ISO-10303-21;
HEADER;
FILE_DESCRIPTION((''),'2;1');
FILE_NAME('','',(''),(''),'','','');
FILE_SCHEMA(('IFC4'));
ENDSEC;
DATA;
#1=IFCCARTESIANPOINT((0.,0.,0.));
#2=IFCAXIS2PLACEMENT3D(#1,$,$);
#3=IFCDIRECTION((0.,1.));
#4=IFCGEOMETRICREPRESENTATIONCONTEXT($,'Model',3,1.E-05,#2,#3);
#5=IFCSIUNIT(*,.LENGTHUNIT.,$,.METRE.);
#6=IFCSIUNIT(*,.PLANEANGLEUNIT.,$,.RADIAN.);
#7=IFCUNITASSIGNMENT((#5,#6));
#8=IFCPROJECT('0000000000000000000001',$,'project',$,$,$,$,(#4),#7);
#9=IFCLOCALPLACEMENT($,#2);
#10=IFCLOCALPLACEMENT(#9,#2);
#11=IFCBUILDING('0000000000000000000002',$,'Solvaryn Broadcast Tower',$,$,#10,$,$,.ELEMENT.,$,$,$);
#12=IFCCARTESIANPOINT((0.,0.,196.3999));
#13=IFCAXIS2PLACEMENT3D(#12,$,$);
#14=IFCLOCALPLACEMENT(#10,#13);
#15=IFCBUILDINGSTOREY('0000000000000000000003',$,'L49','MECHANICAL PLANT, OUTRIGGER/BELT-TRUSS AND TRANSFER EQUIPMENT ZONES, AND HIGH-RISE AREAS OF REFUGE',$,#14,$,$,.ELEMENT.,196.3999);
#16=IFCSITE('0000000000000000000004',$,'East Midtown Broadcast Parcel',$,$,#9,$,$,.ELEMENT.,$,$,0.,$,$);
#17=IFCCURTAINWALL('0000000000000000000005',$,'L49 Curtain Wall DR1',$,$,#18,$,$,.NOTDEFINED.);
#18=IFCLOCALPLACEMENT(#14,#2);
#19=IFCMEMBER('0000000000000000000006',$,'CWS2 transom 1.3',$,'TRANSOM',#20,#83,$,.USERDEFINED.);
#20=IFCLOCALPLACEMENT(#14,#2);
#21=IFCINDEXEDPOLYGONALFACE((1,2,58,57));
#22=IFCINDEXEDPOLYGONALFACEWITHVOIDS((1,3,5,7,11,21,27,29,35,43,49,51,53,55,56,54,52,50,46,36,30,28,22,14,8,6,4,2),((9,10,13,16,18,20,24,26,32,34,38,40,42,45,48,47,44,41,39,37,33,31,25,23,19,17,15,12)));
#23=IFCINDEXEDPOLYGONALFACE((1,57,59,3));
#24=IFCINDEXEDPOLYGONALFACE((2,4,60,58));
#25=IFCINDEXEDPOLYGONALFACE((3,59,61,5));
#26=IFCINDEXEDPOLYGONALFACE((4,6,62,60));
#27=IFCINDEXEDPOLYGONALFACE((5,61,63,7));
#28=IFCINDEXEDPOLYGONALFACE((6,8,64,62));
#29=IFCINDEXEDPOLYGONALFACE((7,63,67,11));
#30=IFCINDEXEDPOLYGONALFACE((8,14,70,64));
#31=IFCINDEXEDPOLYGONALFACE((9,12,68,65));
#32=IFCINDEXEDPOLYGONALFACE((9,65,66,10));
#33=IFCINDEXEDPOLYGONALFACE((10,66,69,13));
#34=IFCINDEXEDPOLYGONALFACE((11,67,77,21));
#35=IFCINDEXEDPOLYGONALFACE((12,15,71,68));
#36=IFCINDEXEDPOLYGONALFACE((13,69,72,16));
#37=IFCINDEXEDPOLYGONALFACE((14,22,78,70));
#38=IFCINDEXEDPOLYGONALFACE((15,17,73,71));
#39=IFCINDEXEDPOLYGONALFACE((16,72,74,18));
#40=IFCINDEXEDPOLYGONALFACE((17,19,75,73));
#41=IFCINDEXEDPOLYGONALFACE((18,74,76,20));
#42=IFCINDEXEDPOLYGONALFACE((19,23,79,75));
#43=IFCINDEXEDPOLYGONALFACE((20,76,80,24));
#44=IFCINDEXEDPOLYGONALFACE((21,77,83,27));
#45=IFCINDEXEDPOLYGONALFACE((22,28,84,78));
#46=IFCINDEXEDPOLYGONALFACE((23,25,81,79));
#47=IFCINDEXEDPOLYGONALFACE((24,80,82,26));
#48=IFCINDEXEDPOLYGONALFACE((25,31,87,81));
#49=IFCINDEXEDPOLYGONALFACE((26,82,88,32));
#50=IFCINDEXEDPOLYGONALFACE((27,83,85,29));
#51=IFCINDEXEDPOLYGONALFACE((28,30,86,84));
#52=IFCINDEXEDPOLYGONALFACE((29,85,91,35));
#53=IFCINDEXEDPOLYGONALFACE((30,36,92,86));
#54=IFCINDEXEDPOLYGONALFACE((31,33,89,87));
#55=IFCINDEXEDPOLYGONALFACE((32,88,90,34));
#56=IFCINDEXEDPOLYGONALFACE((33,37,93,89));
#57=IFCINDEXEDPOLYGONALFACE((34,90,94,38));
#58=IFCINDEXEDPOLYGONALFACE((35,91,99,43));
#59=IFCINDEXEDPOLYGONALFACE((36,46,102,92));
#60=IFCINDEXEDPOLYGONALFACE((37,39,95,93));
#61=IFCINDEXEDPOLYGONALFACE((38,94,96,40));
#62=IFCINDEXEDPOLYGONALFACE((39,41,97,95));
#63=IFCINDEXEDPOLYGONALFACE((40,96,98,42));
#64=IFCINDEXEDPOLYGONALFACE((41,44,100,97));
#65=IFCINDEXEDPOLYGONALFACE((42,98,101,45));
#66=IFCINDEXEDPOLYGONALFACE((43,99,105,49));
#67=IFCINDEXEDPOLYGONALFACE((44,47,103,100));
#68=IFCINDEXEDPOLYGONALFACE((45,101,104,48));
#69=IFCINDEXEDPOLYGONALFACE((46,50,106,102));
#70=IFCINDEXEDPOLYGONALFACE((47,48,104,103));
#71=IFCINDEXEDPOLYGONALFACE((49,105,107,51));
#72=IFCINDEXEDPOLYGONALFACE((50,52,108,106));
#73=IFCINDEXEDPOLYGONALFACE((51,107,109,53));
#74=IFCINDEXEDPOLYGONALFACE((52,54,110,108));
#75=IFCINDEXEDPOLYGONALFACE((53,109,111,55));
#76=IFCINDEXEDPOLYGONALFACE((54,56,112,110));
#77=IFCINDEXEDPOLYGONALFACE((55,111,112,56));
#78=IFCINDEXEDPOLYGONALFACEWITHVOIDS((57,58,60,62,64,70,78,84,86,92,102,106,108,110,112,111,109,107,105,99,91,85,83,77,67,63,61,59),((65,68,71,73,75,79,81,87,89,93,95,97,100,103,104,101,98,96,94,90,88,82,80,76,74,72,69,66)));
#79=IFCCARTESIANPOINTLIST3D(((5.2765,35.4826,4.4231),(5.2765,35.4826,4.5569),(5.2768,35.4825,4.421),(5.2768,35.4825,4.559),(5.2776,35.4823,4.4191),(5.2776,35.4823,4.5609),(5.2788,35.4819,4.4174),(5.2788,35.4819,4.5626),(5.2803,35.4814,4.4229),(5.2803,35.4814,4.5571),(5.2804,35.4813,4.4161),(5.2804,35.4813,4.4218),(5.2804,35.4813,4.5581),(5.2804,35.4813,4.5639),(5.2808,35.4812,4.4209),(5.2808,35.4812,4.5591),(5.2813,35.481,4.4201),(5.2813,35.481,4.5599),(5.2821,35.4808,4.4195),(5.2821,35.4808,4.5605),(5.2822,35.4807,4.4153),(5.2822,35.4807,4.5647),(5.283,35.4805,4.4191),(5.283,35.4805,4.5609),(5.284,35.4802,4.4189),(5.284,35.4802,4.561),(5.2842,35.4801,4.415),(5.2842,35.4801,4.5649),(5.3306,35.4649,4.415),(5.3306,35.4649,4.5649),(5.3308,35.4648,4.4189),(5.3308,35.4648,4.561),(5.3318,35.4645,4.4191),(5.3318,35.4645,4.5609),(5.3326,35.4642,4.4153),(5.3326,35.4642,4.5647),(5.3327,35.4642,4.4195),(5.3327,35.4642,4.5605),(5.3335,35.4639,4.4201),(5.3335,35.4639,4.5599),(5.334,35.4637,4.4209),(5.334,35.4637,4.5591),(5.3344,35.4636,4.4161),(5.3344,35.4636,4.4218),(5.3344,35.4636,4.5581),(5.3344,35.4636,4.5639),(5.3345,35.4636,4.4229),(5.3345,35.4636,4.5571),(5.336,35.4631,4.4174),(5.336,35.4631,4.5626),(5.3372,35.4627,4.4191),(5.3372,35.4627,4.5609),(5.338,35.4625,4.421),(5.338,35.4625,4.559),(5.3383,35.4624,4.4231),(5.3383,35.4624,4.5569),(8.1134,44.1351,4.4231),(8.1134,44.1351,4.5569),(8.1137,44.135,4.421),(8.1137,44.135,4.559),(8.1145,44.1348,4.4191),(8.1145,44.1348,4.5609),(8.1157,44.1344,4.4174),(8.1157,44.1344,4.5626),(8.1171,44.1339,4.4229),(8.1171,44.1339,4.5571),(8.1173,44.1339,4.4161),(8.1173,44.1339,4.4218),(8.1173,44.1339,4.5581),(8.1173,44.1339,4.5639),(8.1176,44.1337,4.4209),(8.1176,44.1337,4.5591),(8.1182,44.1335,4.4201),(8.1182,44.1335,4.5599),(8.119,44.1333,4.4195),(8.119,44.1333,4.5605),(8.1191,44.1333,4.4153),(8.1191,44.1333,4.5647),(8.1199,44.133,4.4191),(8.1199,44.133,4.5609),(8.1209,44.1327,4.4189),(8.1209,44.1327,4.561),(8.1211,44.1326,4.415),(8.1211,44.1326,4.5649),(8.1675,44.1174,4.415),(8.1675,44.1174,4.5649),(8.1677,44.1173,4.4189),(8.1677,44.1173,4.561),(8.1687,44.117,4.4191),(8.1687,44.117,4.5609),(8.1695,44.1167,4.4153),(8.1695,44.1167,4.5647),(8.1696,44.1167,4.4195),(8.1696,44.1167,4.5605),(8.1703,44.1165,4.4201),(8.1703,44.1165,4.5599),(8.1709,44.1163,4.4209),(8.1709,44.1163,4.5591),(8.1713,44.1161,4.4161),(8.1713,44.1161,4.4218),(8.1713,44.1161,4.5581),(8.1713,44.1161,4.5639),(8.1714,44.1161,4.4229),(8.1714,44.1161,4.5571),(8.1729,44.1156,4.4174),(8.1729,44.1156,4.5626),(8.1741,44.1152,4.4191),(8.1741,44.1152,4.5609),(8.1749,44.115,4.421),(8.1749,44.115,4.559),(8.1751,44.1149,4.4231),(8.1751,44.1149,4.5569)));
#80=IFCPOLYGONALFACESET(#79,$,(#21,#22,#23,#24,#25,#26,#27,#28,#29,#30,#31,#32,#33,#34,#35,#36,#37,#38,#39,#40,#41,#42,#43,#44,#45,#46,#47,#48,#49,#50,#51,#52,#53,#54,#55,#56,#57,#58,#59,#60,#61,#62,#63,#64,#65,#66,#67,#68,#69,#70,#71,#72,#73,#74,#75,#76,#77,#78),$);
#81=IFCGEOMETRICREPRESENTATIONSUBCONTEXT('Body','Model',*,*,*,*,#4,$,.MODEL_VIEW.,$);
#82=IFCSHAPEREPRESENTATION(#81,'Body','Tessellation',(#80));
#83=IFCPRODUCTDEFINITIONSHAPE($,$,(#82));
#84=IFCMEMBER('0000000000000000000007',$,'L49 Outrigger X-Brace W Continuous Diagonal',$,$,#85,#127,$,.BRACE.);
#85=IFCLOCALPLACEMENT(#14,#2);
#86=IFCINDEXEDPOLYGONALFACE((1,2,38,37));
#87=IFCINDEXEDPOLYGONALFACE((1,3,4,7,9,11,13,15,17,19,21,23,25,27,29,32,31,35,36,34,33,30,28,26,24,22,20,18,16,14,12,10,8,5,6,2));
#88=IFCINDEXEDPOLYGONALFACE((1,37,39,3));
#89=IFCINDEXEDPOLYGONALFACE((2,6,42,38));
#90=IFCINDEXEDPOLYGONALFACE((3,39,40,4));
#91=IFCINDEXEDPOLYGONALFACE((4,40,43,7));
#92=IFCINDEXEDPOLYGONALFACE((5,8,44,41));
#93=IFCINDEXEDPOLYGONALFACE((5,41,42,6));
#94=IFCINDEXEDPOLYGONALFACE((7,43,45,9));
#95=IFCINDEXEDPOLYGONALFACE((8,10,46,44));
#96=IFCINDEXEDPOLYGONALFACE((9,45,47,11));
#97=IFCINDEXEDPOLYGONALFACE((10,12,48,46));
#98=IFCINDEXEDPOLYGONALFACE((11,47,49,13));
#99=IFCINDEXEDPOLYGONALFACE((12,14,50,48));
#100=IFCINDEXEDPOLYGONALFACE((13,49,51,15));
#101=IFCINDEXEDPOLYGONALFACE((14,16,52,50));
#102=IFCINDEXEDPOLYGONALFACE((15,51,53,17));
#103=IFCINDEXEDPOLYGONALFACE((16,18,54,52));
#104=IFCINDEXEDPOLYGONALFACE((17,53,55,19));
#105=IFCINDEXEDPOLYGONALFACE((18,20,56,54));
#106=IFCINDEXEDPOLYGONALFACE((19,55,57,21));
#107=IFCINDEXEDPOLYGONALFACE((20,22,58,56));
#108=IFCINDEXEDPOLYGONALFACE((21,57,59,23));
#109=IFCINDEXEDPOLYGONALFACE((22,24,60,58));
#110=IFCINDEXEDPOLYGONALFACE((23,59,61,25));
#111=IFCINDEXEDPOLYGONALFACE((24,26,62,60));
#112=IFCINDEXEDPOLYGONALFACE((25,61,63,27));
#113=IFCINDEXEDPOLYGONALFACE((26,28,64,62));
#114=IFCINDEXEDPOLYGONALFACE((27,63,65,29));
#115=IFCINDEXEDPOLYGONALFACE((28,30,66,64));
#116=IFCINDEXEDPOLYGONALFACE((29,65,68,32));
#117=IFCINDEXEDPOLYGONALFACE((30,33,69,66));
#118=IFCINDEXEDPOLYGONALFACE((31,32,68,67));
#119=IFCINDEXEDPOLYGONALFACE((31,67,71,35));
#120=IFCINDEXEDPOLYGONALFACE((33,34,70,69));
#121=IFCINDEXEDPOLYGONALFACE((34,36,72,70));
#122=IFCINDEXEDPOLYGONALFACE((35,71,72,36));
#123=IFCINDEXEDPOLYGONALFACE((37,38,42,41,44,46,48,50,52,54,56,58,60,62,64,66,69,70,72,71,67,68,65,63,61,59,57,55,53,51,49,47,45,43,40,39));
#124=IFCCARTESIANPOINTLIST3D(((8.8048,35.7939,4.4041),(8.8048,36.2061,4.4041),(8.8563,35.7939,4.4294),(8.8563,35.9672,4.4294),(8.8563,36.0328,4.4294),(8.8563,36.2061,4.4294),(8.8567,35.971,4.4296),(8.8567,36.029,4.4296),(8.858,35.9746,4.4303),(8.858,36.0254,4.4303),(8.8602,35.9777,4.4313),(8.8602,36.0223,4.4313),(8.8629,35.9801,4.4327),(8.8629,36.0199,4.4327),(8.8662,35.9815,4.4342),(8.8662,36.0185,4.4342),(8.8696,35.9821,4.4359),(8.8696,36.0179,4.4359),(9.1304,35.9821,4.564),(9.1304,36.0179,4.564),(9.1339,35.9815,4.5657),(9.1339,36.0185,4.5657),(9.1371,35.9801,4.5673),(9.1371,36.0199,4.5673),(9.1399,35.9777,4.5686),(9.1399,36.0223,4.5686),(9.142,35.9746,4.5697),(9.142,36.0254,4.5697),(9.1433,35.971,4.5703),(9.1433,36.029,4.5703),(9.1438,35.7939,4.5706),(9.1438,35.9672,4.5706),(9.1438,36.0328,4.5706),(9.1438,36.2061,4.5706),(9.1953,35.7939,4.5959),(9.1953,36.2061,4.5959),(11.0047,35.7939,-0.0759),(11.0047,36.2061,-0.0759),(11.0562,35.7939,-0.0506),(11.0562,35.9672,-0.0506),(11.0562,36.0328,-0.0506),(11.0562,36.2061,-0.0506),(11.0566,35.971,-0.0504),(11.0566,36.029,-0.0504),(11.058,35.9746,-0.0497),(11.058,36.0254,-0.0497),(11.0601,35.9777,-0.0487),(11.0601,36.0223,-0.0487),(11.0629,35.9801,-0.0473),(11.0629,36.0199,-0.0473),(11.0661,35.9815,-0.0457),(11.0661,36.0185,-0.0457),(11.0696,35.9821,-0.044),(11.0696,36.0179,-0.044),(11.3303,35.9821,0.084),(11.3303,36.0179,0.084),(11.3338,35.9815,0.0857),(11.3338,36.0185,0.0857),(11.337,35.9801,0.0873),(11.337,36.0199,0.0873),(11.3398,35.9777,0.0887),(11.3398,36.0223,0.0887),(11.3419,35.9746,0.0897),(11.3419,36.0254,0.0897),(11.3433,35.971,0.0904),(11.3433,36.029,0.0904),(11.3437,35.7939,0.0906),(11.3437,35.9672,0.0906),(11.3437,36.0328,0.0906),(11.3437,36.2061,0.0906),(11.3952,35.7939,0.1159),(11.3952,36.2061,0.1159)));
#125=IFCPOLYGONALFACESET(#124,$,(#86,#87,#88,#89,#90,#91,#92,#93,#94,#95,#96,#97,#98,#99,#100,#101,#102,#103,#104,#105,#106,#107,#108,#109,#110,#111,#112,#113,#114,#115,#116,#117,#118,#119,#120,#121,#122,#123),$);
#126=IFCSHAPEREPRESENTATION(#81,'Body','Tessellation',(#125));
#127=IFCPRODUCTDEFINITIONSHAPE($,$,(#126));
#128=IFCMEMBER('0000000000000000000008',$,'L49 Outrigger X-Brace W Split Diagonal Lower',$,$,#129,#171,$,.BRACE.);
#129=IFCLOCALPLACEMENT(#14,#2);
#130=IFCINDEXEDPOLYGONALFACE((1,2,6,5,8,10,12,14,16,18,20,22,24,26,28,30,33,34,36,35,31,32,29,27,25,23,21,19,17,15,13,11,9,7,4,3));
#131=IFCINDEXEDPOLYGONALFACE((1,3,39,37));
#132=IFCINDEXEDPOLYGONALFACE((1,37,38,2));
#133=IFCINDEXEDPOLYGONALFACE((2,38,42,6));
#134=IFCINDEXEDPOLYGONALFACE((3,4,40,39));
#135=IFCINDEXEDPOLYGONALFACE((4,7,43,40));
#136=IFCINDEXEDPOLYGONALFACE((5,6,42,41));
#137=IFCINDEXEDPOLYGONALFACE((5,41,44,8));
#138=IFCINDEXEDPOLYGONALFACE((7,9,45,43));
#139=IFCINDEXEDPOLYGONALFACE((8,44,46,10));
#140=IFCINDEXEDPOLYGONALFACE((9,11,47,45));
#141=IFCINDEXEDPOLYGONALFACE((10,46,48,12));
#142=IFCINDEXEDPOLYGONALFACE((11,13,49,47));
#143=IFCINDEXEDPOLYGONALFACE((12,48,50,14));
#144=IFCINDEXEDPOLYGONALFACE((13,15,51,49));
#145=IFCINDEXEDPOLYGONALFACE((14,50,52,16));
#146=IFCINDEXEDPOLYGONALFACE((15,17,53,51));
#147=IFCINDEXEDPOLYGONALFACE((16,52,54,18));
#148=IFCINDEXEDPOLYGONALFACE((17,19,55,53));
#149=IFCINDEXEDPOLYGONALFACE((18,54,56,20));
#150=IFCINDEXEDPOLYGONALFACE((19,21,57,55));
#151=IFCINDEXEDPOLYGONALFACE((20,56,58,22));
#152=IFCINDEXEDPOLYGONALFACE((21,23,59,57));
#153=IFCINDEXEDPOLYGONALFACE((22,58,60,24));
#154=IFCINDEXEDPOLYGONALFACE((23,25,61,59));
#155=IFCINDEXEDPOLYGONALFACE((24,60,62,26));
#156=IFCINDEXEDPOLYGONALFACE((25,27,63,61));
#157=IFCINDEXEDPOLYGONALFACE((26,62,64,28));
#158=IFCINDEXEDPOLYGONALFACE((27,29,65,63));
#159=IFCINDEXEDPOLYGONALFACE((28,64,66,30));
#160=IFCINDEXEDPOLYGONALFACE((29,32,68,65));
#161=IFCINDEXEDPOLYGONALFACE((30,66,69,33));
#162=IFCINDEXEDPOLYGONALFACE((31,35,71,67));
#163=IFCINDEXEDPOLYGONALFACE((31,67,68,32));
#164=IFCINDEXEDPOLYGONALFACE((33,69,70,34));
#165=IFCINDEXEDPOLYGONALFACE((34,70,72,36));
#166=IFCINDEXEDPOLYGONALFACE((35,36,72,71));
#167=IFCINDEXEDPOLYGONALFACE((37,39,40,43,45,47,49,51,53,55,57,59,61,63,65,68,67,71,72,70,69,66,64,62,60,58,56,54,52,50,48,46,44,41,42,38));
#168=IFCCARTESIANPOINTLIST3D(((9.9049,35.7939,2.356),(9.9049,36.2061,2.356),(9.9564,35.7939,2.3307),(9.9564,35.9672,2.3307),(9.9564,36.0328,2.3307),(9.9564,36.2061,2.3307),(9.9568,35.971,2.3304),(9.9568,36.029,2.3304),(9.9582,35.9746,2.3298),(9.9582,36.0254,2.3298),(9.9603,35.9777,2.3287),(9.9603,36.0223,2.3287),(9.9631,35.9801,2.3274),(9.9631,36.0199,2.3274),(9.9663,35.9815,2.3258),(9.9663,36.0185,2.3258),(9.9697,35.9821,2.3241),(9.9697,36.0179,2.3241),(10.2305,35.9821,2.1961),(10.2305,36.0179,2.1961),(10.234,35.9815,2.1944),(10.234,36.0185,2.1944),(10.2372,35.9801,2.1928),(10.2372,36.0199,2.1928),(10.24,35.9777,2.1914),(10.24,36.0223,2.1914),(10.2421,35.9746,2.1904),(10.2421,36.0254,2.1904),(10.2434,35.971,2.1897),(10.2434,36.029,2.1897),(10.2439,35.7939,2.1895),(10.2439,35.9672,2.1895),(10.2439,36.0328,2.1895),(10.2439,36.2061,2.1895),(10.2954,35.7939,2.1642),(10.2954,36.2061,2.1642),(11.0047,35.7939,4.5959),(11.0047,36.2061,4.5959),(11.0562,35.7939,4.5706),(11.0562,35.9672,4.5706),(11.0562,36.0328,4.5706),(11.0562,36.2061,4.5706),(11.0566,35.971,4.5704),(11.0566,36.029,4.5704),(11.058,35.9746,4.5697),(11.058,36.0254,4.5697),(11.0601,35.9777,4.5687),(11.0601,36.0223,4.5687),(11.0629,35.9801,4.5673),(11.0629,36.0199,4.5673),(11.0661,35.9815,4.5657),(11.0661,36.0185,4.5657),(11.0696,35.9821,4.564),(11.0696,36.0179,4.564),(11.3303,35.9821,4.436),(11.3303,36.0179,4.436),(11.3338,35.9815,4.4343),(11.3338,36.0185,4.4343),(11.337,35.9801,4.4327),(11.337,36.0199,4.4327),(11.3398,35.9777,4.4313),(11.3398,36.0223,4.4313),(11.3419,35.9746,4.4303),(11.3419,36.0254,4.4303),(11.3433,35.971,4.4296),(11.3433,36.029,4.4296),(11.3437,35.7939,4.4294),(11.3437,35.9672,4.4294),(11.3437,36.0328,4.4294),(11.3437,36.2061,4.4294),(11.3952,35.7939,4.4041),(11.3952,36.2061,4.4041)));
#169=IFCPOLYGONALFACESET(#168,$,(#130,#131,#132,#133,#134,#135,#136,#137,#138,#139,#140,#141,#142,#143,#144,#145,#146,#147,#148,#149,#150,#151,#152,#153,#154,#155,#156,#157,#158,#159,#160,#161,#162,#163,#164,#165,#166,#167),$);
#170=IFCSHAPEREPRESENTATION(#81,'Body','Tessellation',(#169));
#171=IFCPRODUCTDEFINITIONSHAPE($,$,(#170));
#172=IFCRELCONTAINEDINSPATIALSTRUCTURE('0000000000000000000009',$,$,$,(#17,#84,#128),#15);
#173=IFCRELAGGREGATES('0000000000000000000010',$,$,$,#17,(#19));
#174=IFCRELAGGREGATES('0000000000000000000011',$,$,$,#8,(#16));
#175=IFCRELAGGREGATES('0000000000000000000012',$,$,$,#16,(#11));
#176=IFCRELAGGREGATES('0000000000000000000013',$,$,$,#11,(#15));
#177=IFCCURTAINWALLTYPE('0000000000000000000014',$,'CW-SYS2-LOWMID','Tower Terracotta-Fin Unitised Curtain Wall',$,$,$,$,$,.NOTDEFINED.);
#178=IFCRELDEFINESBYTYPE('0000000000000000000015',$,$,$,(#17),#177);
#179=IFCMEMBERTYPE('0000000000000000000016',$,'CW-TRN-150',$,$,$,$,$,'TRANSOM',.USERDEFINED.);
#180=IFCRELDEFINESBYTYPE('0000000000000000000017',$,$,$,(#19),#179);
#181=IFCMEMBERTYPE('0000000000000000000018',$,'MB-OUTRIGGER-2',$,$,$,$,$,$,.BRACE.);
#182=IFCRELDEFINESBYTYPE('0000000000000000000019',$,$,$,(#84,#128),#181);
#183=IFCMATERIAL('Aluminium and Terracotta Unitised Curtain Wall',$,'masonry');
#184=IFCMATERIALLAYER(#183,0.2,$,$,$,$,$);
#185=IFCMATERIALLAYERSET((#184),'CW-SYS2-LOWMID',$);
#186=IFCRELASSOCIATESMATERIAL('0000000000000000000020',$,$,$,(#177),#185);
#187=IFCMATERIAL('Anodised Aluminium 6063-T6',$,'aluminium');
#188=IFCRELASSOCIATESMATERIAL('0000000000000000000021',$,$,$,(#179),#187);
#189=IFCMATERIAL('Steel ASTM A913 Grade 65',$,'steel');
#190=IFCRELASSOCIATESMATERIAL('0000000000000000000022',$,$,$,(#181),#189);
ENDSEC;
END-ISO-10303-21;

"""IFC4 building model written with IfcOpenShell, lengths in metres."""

from ifc_helpers import new_model, si_unit, direction, frame, origin, origin_2d, place, context, subcontext, project, spatial, hollow_rectangle, i_section, extrude, material, layer, layer_set, material_profile, profile_set, type_object, element, aggregate, save


model = new_model("IFC4")

# Units and contexts
model_context = context("Model", 3, precision=1e-05, world=origin(), true_north=direction((0.0, 1.0)))
body_context = subcontext(model_context, "Body", "Model", "MODEL_VIEW")
ifc_project = project(units=[si_unit("LENGTHUNIT", "METRE"), si_unit("PLANEANGLEUNIT", "RADIAN")], contexts=[model_context])

# Site, building, storey
site_placement = place(None, origin())
site = spatial("IfcSite", under=ifc_project, at=site_placement, Name="East Midtown Broadcast Parcel", CompositionType="ELEMENT", RefElevation=0.0)
building_placement = place(site_placement, origin())
building = spatial("IfcBuilding", under=site, at=building_placement, Name="Solvaryn Broadcast Tower", CompositionType="ELEMENT")
storey_placement = place(building_placement, frame((0.0, 0.0, 196.3999)))
storey = spatial("IfcBuildingStorey", under=building, at=storey_placement, Name="L49", Description="MECHANICAL PLANT, OUTRIGGER/BELT-TRUSS AND TRANSFER EQUIPMENT ZONES, AND HIGH-RISE AREAS OF REFUGE", CompositionType="ELEMENT", Elevation=196.3999)

# Curtain wall
ifc_material_1 = material(Name="Aluminium and Terracotta Unitised Curtain Wall", Category="masonry")
ifc_layer_1 = layer(ifc_material_1, 0.2)
ifc_layer_set_1 = layer_set([ifc_layer_1], Name="CW-SYS2-LOWMID")
curtain_wall_type = type_object("IfcCurtainWallType", Name="CW-SYS2-LOWMID", Description="Tower Terracotta-Fin Unitised Curtain Wall", PredefinedType="NOTDEFINED", material=ifc_layer_set_1)
curtain_wall_1_placement = place(storey_placement, origin())
curtain_wall_1 = element("IfcCurtainWall", 1, at=curtain_wall_1_placement, inside=storey, type_object=curtain_wall_type, Name="L49 Curtain Wall DR1", PredefinedType="NOTDEFINED")

# Member
ifc_material_2 = material(Name="Anodised Aluminium 6063-T6", Category="aluminium")
ifc_material_profile_1 = material_profile(ifc_material_2, hollow_rectangle(XDim=0.0649, YDim=0.1499, WallThickness=0.0039, InnerFilletRadius=0.0039, OuterFilletRadius=0.0081, at=origin_2d()))
ifc_profile_set_1 = profile_set([ifc_material_profile_1], Name="Anodised Aluminium 6063-T6")
member_type_1 = type_object("IfcMemberType", Name="CW-TRN-150", ElementType="TRANSOM", PredefinedType="USERDEFINED", material=ifc_profile_set_1)
member_1_placement = place(storey_placement, frame((8.1443, 44.125, 4.49), z_axis=(-0.311551, -0.95023, 0.0), x_axis=(0.95023, -0.311551, 0.0)))
member_1 = element("IfcMember", 2, at=member_1_placement, type_object=member_type_1, Name="CWS2 transom 1.3", ObjectType="TRANSOM", PredefinedType="USERDEFINED", context=body_context, shape_type="SweptSolid", body=[
    extrude(hollow_rectangle(XDim=0.0649, YDim=0.1499, WallThickness=0.0039, InnerFilletRadius=0.0039, OuterFilletRadius=0.0081, at=origin_2d()), origin(), (0.0, 0.0, 1.0), 9.1057),
])

# Members
ifc_material_3 = material(Name="Steel ASTM A913 Grade 65", Category="steel")
ifc_material_profile_2 = material_profile(ifc_material_3, i_section(OverallWidth=0.4121, OverallDepth=0.4351, WebThickness=0.0359, FlangeThickness=0.0574, FilletRadius=0.0149, at=origin_2d()))
ifc_profile_set_2 = profile_set([ifc_material_profile_2], Name="Steel ASTM A913 Grade 65")
member_type_2 = type_object("IfcMemberType", Name="MB-OUTRIGGER-2", PredefinedType="BRACE", material=ifc_profile_set_2)
member_2_placement = place(storey_placement, frame((11.2, 36.0, 0.02), z_axis=(-0.440784, 0.0, 0.897613), x_axis=(0.0, -1.0, 0.0)))
element("IfcMember", 3, at=member_2_placement, inside=storey, type_object=member_type_2, Name="L49 Outrigger X-Brace W Continuous Diagonal", PredefinedType="BRACE", context=body_context, shape_type="SweptSolid", body=[
    extrude(i_section(OverallWidth=0.4121, OverallDepth=0.4351, WebThickness=0.0359, FlangeThickness=0.0574, FilletRadius=0.0149, at=origin_2d()), origin(), (0.0, 0.0, 1.0), 4.991),
])
member_3_placement = place(storey_placement, frame((11.2, 36.0, 4.5), z_axis=(-0.440745, 0.0, -0.897632), x_axis=(0.0, -1.0, 0.0)))
element("IfcMember", 4, at=member_3_placement, inside=storey, type_object=member_type_2, Name="L49 Outrigger X-Brace W Split Diagonal Lower", PredefinedType="BRACE", context=body_context, shape_type="SweptSolid", body=[
    extrude(i_section(OverallWidth=0.4121, OverallDepth=0.4351, WebThickness=0.0359, FlangeThickness=0.0574, FilletRadius=0.0149, at=origin_2d()), origin(), (0.0, 0.0, 1.0), 2.4954),
])

aggregate(curtain_wall_1, [member_1])

save(model, "model.ifc")
